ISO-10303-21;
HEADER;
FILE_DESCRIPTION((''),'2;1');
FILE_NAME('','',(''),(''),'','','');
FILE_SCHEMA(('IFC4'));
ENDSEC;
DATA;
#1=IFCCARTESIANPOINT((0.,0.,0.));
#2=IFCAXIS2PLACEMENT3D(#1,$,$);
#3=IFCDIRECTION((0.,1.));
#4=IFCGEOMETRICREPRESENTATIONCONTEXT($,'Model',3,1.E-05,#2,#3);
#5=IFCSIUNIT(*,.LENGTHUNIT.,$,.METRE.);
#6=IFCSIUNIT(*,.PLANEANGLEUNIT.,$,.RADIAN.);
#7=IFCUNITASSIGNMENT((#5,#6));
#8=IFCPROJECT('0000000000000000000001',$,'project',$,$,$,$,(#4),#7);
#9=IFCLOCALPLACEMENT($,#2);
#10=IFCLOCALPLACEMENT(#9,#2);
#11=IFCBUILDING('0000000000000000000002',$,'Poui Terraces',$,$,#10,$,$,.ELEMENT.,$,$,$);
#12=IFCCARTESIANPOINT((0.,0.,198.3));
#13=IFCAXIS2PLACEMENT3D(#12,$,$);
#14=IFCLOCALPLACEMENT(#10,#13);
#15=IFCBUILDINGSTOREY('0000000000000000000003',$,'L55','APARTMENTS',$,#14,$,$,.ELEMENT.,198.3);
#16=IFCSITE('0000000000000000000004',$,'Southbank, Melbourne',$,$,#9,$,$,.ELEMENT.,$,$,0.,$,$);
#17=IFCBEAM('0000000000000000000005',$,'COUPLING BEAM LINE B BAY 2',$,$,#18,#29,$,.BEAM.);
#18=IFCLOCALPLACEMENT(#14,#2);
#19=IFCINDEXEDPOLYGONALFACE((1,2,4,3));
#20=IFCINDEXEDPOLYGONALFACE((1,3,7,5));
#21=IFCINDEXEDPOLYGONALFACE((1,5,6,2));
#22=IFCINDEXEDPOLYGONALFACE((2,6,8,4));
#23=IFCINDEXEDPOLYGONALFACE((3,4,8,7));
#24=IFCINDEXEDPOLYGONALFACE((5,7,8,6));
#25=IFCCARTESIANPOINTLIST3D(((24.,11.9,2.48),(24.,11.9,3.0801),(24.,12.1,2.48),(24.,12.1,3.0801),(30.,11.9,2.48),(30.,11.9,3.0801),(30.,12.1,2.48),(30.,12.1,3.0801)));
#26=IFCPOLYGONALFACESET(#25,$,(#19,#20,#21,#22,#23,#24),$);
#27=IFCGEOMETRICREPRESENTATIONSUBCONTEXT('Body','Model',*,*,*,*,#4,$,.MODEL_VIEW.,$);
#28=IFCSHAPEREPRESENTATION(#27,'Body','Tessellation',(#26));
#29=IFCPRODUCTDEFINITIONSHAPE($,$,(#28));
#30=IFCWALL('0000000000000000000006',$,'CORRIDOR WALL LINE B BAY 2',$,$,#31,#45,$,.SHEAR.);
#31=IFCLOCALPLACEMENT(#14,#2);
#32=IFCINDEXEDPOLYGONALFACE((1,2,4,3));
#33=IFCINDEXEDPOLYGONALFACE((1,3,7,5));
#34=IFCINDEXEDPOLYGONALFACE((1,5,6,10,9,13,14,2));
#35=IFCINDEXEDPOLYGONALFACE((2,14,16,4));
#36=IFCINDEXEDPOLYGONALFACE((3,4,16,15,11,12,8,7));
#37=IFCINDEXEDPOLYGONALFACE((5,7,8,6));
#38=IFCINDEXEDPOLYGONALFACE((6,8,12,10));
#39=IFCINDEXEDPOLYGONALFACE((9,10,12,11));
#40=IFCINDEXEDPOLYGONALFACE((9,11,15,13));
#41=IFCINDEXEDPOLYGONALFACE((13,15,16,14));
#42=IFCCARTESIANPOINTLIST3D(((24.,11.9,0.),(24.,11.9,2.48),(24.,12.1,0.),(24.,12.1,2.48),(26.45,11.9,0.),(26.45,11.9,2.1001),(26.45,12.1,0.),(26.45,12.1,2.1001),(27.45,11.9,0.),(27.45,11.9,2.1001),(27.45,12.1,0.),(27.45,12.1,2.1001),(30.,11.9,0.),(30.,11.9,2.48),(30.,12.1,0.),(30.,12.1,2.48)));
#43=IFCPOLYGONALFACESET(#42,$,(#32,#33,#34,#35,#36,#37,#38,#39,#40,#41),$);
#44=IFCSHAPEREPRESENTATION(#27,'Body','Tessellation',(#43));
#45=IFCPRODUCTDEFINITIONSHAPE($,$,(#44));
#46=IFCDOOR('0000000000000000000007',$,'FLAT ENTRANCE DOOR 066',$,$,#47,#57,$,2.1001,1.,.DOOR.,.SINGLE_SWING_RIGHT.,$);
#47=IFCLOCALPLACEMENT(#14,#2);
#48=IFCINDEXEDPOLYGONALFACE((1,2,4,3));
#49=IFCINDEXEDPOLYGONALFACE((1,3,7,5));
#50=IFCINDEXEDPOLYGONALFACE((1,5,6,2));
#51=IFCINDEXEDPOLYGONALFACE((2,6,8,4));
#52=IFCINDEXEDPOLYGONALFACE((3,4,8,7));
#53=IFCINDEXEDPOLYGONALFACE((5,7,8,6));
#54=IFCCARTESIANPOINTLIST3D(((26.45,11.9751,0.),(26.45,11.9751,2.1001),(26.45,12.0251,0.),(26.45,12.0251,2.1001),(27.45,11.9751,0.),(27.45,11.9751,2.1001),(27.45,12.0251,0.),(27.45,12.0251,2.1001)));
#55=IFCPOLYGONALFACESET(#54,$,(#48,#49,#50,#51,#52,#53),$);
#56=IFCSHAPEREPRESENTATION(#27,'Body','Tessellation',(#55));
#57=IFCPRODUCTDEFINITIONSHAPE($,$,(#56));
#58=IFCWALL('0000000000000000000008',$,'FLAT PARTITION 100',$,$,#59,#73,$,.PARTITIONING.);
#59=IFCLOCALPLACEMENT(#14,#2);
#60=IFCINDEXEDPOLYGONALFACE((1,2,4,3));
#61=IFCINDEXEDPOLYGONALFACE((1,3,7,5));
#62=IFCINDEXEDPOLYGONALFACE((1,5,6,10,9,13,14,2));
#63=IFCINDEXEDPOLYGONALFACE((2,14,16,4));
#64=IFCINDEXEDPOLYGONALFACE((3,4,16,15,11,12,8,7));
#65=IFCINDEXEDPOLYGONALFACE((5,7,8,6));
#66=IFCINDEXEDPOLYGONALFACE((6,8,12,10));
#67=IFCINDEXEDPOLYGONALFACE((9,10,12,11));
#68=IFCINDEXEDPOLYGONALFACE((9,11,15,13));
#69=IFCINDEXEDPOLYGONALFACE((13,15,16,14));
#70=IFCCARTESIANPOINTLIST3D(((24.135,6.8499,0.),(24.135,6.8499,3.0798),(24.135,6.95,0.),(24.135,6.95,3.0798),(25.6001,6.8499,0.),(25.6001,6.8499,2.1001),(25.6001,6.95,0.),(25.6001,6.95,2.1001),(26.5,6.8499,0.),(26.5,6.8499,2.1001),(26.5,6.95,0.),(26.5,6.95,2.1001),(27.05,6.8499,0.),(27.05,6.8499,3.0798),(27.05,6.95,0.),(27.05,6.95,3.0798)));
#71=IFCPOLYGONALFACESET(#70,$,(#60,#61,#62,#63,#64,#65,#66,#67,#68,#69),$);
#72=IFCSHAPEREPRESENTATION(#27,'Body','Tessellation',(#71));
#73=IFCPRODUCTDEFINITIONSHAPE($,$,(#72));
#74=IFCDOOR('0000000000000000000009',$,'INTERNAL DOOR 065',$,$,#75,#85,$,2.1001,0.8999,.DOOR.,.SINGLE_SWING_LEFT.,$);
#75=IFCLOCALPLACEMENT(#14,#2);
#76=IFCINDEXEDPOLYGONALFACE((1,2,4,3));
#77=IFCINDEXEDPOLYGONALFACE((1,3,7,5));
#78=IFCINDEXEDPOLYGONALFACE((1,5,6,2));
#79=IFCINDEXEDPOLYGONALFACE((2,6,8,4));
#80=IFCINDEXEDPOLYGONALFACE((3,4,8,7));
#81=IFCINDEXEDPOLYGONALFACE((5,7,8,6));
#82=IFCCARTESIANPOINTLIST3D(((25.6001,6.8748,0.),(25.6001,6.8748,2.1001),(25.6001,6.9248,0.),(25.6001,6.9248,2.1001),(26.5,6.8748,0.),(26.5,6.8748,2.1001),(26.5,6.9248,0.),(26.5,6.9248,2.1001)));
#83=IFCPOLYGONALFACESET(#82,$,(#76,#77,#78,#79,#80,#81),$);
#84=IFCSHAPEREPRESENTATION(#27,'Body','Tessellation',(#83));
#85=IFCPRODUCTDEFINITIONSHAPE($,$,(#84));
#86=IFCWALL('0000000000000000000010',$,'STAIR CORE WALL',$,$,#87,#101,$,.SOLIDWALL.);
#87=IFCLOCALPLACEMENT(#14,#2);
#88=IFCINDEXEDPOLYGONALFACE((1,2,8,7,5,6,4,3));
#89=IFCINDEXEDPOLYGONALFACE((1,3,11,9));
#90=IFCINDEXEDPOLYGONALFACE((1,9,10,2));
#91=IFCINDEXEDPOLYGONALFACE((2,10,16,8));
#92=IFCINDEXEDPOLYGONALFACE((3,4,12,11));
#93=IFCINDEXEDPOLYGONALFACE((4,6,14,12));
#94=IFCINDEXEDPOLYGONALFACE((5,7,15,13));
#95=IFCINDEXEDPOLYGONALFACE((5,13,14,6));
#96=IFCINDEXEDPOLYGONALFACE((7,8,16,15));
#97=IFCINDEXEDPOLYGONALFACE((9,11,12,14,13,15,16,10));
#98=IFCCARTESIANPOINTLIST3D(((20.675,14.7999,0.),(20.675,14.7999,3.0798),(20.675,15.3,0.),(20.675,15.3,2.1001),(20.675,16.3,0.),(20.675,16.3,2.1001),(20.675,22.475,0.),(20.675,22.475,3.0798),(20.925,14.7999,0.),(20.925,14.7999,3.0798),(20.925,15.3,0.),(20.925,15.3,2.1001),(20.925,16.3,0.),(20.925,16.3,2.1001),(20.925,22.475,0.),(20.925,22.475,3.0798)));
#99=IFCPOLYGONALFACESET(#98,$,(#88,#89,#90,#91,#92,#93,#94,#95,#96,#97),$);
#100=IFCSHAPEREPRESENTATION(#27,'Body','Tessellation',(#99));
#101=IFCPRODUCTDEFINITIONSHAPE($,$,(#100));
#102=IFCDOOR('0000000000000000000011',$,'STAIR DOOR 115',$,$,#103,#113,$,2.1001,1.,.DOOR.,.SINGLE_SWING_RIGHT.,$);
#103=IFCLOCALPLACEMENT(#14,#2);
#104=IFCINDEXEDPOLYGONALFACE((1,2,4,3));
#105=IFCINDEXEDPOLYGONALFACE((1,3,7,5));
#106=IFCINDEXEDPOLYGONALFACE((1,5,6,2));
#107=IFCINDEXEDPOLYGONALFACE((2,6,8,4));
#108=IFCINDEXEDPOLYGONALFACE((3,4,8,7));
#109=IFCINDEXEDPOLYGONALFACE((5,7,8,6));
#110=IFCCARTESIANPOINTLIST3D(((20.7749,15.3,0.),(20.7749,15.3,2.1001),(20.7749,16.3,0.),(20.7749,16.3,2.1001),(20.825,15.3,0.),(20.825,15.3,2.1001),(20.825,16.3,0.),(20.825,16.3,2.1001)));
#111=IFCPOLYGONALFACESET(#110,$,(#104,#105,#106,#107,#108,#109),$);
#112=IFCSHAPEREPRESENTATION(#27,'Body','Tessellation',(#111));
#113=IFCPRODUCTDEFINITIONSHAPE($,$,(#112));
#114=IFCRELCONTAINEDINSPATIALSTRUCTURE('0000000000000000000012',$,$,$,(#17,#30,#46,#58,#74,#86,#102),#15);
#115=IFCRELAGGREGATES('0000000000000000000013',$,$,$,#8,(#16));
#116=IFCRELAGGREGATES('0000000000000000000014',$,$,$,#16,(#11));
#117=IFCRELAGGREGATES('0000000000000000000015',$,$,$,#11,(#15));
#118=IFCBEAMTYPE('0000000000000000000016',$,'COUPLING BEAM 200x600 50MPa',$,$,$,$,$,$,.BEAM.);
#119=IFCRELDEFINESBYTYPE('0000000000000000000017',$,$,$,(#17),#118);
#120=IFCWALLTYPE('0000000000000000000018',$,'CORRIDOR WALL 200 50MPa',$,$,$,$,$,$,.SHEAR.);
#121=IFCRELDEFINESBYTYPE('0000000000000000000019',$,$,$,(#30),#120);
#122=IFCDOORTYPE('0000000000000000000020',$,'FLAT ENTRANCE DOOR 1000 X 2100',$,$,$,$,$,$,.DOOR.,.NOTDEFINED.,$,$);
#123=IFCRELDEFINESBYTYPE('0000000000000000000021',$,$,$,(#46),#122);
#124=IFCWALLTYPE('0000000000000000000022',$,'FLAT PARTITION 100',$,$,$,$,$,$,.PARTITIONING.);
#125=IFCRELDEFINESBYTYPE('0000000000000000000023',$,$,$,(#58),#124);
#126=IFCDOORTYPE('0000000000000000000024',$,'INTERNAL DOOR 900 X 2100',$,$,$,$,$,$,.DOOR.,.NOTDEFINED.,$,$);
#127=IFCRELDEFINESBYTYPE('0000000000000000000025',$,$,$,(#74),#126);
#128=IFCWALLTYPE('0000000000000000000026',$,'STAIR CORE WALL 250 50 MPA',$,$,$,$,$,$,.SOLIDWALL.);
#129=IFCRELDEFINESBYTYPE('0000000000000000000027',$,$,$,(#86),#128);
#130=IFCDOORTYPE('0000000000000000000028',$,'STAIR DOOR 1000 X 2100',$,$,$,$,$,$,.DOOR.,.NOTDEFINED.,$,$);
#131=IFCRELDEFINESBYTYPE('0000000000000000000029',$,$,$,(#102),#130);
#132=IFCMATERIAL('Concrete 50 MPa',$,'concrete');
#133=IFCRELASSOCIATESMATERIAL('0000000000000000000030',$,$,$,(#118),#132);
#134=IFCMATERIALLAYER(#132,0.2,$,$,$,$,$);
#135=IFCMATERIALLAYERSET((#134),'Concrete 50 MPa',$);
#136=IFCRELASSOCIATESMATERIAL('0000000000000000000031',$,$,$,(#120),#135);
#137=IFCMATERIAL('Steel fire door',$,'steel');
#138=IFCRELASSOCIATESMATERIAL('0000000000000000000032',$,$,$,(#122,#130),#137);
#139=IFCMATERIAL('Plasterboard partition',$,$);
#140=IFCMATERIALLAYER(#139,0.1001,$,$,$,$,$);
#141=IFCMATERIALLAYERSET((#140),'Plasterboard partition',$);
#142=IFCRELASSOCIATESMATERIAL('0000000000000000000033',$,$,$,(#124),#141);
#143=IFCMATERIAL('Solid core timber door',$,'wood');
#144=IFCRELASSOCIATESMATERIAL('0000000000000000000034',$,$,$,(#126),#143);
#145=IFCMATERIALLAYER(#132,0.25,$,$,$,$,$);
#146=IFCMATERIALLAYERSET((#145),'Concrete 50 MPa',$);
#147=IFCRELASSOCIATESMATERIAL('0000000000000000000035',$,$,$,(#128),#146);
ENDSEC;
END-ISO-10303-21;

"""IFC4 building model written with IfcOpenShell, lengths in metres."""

from ifc_helpers import new_model, si_unit, direction, frame, frame_2d, origin, origin_2d, place, context, subcontext, project, spatial, rectangle, extrude, source, transform, mapped, material, layer, layer_set, material_profile, profile_set, type_object, element, fill, save


model = new_model("IFC4")

# Units and contexts
model_context = context("Model", 3, precision=1e-05, world=origin(), true_north=direction((0.0, 1.0)))
body_context = subcontext(model_context, "Body", "Model", "MODEL_VIEW")
ifc_project = project(units=[si_unit("LENGTHUNIT", "METRE"), si_unit("PLANEANGLEUNIT", "RADIAN")], contexts=[model_context])

# Site, building, storey
site_placement = place(None, origin())
site = spatial("IfcSite", under=ifc_project, at=site_placement, Name="Southbank, Melbourne", CompositionType="ELEMENT", RefElevation=0.0)
building_placement = place(site_placement, origin())
building = spatial("IfcBuilding", under=site, at=building_placement, Name="Poui Terraces", CompositionType="ELEMENT")
storey_placement = place(building_placement, frame((0.0, 0.0, 198.3)))
storey = spatial("IfcBuildingStorey", under=building, at=storey_placement, Name="L55", Description="APARTMENTS", CompositionType="ELEMENT", Elevation=198.3)

# Beam
ifc_material_1 = material(Name="Concrete 50 MPa", Category="concrete")
ifc_material_profile = material_profile(ifc_material_1, rectangle(XDim=0.2, YDim=0.6001, at=origin_2d()), Name="RC 200x600")
ifc_profile_set = profile_set([ifc_material_profile], Name="Concrete 50 MPa")
beam_type = type_object("IfcBeamType", Name="COUPLING BEAM 200x600 50MPa", PredefinedType="BEAM", material=ifc_profile_set)
shared_shape = source(origin(), body_context, "Body", "SweptSolid", [
    extrude(rectangle(XDim=0.2, YDim=0.6001, at=origin_2d()), origin(), (0.0, 0.0, 1.0), 6.0),
])
beam_placement = place(storey_placement, frame((24.0, 12.0, 2.78), z_axis=(1.0, 0.0, 0.0), x_axis=(0.0, 1.0, 0.0)))
element("IfcBeam", 1, at=beam_placement, inside=storey, type_object=beam_type, Name="COUPLING BEAM LINE B BAY 2", PredefinedType="BEAM", context=body_context, shape_type="MappedRepresentation", body=[
    mapped(shared_shape, transform((0.0, 0.0, 0.0))),
])

# Walls, openings, doors
ifc_layer_1 = layer(ifc_material_1, 0.2)
ifc_layer_set_1 = layer_set([ifc_layer_1], Name="Concrete 50 MPa")
wall_type_1 = type_object("IfcWallType", Name="CORRIDOR WALL 200 50MPa", PredefinedType="SHEAR", material=ifc_layer_set_1)
wall_1_placement = place(storey_placement, frame((24.0, 12.0, 0.0), z_axis=(0.0, 0.0, 1.0), x_axis=(1.0, 0.0, 0.0)))
wall_1 = element("IfcWall", 2, at=wall_1_placement, inside=storey, type_object=wall_type_1, Name="CORRIDOR WALL LINE B BAY 2", PredefinedType="SHEAR", context=body_context, shape_type="SweptSolid", body=[
    extrude(rectangle(XDim=6.0, YDim=0.2, at=frame_2d((3.0, 0.0))), origin(), (0.0, 0.0, 1.0), 2.48),
])
opening_1_placement = place(wall_1_placement, frame((2.45, 0.0, 0.0)))
opening_1 = element("IfcOpeningElement", 3, at=opening_1_placement, cuts=wall_1, PredefinedType="OPENING", context=body_context, shape_type="SweptSolid", body=[
    extrude(rectangle(XDim=1.0, YDim=2.1001, at=frame_2d((0.5, 1.05))), frame((0.0, 0.1099, 0.0), z_axis=(0.0, -1.0, 0.0), x_axis=(1.0, 0.0, 0.0)), (0.0, 0.0, 1.0), 0.22),
])
ifc_material_2 = material(Name="Steel fire door", Category="steel")
door_type_1 = type_object("IfcDoorType", Name="FLAT ENTRANCE DOOR 1000 X 2100", OperationType="NOTDEFINED", PredefinedType="DOOR", material=ifc_material_2)
door_1_placement = place(opening_1_placement, frame((1.0, 0.0, 0.0), z_axis=(0.0, 0.0, 1.0), x_axis=(-1.0, 0.0, 0.0)))
door_1 = element("IfcDoor", 4, at=door_1_placement, inside=storey, type_object=door_type_1, Name="FLAT ENTRANCE DOOR 066", OperationType="SINGLE_SWING_RIGHT", OverallHeight=2.1001, OverallWidth=1.0, PredefinedType="DOOR", context=body_context, shape_type="SweptSolid", body=[
    extrude(rectangle(XDim=1.0, YDim=2.1001, at=frame_2d((0.5, 1.05))), frame((0.0, 0.0249, 0.0), z_axis=(0.0, -1.0, 0.0), x_axis=(1.0, 0.0, 0.0)), (0.0, 0.0, 1.0), 0.05),
])
fill(opening_1, door_1)
ifc_material_3 = material(Name="Plasterboard partition")
ifc_layer_2 = layer(ifc_material_3, 0.1001)
ifc_layer_set_2 = layer_set([ifc_layer_2], Name="Plasterboard partition")
wall_type_2 = type_object("IfcWallType", Name="FLAT PARTITION 100", PredefinedType="PARTITIONING", material=ifc_layer_set_2)
wall_2_placement = place(storey_placement, frame((24.135, 6.8999, 0.0), z_axis=(0.0, 0.0, 1.0), x_axis=(1.0, 0.0, 0.0)))
wall_2 = element("IfcWall", 5, at=wall_2_placement, inside=storey, type_object=wall_type_2, Name="FLAT PARTITION 100", PredefinedType="PARTITIONING", context=body_context, shape_type="SweptSolid", body=[
    extrude(rectangle(XDim=2.915, YDim=0.1001, at=frame_2d((1.4575, 0.0))), origin(), (0.0, 0.0, 1.0), 3.0798),
])
opening_2_placement = place(wall_2_placement, frame((1.4651, 0.0, 0.0)))
opening_2 = element("IfcOpeningElement", 6, at=opening_2_placement, cuts=wall_2, PredefinedType="OPENING", context=body_context, shape_type="SweptSolid", body=[
    extrude(rectangle(XDim=0.8999, YDim=2.1001, at=frame_2d((0.45, 1.05))), frame((0.0, 0.0601, 0.0), z_axis=(0.0, -1.0, 0.0), x_axis=(1.0, 0.0, 0.0)), (0.0, 0.0, 1.0), 0.1201),
])
ifc_material_4 = material(Name="Solid core timber door", Category="wood")
door_type_2 = type_object("IfcDoorType", Name="INTERNAL DOOR 900 X 2100", OperationType="NOTDEFINED", PredefinedType="DOOR", material=ifc_material_4)
door_2_placement = place(opening_2_placement, origin())
door_2 = element("IfcDoor", 7, at=door_2_placement, inside=storey, type_object=door_type_2, Name="INTERNAL DOOR 065", OperationType="SINGLE_SWING_LEFT", OverallHeight=2.1001, OverallWidth=0.8999, PredefinedType="DOOR", context=body_context, shape_type="SweptSolid", body=[
    extrude(rectangle(XDim=0.8999, YDim=2.1001, at=frame_2d((0.45, 1.05))), frame((0.0, 0.0249, 0.0), z_axis=(0.0, -1.0, 0.0), x_axis=(1.0, 0.0, 0.0)), (0.0, 0.0, 1.0), 0.05),
])
fill(opening_2, door_2)

# Shared definitions
door_type_3 = type_object("IfcDoorType", Name="STAIR DOOR 1000 X 2100", OperationType="NOTDEFINED", PredefinedType="DOOR", material=ifc_material_2)

# Wall, opening, door
ifc_layer_3 = layer(ifc_material_1, 0.25)
ifc_layer_set_3 = layer_set([ifc_layer_3], Name="Concrete 50 MPa")
wall_type_3 = type_object("IfcWallType", Name="STAIR CORE WALL 250 50 MPA", PredefinedType="SOLIDWALL", material=ifc_layer_set_3)
wall_3_placement = place(storey_placement, frame((20.8, 14.8, 0.0), z_axis=(0.0, 0.0, 1.0), x_axis=(0.0, 1.0, 0.0)))
wall_3 = element("IfcWall", 8, at=wall_3_placement, inside=storey, type_object=wall_type_3, Name="STAIR CORE WALL", PredefinedType="SOLIDWALL", context=body_context, shape_type="SweptSolid", body=[
    extrude(rectangle(XDim=7.675, YDim=0.25, at=frame_2d((3.8374, 0.0))), origin(), (0.0, 0.0, 1.0), 3.0798),
])
opening_3_placement = place(wall_3_placement, frame((0.5, 0.0, 0.0)))
opening_3 = element("IfcOpeningElement", 9, at=opening_3_placement, cuts=wall_3, PredefinedType="OPENING", context=body_context, shape_type="SweptSolid", body=[
    extrude(rectangle(XDim=1.0, YDim=2.1001, at=frame_2d((0.5, 1.05))), frame((0.0, 0.135, 0.0), z_axis=(0.0, -1.0, 0.0), x_axis=(1.0, 0.0, 0.0)), (0.0, 0.0, 1.0), 0.27),
])
door_3_placement = place(opening_3_placement, frame((1.0, 0.0, 0.0), z_axis=(0.0, 0.0, 1.0), x_axis=(-1.0, 0.0, 0.0)))
door_3 = element("IfcDoor", 10, at=door_3_placement, inside=storey, type_object=door_type_3, Name="STAIR DOOR 115", OperationType="SINGLE_SWING_RIGHT", OverallHeight=2.1001, OverallWidth=1.0, PredefinedType="DOOR", context=body_context, shape_type="SweptSolid", body=[
    extrude(rectangle(XDim=1.0, YDim=2.1001, at=frame_2d((0.5, 1.05))), frame((0.0, 0.0249, 0.0), z_axis=(0.0, -1.0, 0.0), x_axis=(1.0, 0.0, 0.0)), (0.0, 0.0, 1.0), 0.05),
])
fill(opening_3, door_3)

save(model, "model.ifc")
